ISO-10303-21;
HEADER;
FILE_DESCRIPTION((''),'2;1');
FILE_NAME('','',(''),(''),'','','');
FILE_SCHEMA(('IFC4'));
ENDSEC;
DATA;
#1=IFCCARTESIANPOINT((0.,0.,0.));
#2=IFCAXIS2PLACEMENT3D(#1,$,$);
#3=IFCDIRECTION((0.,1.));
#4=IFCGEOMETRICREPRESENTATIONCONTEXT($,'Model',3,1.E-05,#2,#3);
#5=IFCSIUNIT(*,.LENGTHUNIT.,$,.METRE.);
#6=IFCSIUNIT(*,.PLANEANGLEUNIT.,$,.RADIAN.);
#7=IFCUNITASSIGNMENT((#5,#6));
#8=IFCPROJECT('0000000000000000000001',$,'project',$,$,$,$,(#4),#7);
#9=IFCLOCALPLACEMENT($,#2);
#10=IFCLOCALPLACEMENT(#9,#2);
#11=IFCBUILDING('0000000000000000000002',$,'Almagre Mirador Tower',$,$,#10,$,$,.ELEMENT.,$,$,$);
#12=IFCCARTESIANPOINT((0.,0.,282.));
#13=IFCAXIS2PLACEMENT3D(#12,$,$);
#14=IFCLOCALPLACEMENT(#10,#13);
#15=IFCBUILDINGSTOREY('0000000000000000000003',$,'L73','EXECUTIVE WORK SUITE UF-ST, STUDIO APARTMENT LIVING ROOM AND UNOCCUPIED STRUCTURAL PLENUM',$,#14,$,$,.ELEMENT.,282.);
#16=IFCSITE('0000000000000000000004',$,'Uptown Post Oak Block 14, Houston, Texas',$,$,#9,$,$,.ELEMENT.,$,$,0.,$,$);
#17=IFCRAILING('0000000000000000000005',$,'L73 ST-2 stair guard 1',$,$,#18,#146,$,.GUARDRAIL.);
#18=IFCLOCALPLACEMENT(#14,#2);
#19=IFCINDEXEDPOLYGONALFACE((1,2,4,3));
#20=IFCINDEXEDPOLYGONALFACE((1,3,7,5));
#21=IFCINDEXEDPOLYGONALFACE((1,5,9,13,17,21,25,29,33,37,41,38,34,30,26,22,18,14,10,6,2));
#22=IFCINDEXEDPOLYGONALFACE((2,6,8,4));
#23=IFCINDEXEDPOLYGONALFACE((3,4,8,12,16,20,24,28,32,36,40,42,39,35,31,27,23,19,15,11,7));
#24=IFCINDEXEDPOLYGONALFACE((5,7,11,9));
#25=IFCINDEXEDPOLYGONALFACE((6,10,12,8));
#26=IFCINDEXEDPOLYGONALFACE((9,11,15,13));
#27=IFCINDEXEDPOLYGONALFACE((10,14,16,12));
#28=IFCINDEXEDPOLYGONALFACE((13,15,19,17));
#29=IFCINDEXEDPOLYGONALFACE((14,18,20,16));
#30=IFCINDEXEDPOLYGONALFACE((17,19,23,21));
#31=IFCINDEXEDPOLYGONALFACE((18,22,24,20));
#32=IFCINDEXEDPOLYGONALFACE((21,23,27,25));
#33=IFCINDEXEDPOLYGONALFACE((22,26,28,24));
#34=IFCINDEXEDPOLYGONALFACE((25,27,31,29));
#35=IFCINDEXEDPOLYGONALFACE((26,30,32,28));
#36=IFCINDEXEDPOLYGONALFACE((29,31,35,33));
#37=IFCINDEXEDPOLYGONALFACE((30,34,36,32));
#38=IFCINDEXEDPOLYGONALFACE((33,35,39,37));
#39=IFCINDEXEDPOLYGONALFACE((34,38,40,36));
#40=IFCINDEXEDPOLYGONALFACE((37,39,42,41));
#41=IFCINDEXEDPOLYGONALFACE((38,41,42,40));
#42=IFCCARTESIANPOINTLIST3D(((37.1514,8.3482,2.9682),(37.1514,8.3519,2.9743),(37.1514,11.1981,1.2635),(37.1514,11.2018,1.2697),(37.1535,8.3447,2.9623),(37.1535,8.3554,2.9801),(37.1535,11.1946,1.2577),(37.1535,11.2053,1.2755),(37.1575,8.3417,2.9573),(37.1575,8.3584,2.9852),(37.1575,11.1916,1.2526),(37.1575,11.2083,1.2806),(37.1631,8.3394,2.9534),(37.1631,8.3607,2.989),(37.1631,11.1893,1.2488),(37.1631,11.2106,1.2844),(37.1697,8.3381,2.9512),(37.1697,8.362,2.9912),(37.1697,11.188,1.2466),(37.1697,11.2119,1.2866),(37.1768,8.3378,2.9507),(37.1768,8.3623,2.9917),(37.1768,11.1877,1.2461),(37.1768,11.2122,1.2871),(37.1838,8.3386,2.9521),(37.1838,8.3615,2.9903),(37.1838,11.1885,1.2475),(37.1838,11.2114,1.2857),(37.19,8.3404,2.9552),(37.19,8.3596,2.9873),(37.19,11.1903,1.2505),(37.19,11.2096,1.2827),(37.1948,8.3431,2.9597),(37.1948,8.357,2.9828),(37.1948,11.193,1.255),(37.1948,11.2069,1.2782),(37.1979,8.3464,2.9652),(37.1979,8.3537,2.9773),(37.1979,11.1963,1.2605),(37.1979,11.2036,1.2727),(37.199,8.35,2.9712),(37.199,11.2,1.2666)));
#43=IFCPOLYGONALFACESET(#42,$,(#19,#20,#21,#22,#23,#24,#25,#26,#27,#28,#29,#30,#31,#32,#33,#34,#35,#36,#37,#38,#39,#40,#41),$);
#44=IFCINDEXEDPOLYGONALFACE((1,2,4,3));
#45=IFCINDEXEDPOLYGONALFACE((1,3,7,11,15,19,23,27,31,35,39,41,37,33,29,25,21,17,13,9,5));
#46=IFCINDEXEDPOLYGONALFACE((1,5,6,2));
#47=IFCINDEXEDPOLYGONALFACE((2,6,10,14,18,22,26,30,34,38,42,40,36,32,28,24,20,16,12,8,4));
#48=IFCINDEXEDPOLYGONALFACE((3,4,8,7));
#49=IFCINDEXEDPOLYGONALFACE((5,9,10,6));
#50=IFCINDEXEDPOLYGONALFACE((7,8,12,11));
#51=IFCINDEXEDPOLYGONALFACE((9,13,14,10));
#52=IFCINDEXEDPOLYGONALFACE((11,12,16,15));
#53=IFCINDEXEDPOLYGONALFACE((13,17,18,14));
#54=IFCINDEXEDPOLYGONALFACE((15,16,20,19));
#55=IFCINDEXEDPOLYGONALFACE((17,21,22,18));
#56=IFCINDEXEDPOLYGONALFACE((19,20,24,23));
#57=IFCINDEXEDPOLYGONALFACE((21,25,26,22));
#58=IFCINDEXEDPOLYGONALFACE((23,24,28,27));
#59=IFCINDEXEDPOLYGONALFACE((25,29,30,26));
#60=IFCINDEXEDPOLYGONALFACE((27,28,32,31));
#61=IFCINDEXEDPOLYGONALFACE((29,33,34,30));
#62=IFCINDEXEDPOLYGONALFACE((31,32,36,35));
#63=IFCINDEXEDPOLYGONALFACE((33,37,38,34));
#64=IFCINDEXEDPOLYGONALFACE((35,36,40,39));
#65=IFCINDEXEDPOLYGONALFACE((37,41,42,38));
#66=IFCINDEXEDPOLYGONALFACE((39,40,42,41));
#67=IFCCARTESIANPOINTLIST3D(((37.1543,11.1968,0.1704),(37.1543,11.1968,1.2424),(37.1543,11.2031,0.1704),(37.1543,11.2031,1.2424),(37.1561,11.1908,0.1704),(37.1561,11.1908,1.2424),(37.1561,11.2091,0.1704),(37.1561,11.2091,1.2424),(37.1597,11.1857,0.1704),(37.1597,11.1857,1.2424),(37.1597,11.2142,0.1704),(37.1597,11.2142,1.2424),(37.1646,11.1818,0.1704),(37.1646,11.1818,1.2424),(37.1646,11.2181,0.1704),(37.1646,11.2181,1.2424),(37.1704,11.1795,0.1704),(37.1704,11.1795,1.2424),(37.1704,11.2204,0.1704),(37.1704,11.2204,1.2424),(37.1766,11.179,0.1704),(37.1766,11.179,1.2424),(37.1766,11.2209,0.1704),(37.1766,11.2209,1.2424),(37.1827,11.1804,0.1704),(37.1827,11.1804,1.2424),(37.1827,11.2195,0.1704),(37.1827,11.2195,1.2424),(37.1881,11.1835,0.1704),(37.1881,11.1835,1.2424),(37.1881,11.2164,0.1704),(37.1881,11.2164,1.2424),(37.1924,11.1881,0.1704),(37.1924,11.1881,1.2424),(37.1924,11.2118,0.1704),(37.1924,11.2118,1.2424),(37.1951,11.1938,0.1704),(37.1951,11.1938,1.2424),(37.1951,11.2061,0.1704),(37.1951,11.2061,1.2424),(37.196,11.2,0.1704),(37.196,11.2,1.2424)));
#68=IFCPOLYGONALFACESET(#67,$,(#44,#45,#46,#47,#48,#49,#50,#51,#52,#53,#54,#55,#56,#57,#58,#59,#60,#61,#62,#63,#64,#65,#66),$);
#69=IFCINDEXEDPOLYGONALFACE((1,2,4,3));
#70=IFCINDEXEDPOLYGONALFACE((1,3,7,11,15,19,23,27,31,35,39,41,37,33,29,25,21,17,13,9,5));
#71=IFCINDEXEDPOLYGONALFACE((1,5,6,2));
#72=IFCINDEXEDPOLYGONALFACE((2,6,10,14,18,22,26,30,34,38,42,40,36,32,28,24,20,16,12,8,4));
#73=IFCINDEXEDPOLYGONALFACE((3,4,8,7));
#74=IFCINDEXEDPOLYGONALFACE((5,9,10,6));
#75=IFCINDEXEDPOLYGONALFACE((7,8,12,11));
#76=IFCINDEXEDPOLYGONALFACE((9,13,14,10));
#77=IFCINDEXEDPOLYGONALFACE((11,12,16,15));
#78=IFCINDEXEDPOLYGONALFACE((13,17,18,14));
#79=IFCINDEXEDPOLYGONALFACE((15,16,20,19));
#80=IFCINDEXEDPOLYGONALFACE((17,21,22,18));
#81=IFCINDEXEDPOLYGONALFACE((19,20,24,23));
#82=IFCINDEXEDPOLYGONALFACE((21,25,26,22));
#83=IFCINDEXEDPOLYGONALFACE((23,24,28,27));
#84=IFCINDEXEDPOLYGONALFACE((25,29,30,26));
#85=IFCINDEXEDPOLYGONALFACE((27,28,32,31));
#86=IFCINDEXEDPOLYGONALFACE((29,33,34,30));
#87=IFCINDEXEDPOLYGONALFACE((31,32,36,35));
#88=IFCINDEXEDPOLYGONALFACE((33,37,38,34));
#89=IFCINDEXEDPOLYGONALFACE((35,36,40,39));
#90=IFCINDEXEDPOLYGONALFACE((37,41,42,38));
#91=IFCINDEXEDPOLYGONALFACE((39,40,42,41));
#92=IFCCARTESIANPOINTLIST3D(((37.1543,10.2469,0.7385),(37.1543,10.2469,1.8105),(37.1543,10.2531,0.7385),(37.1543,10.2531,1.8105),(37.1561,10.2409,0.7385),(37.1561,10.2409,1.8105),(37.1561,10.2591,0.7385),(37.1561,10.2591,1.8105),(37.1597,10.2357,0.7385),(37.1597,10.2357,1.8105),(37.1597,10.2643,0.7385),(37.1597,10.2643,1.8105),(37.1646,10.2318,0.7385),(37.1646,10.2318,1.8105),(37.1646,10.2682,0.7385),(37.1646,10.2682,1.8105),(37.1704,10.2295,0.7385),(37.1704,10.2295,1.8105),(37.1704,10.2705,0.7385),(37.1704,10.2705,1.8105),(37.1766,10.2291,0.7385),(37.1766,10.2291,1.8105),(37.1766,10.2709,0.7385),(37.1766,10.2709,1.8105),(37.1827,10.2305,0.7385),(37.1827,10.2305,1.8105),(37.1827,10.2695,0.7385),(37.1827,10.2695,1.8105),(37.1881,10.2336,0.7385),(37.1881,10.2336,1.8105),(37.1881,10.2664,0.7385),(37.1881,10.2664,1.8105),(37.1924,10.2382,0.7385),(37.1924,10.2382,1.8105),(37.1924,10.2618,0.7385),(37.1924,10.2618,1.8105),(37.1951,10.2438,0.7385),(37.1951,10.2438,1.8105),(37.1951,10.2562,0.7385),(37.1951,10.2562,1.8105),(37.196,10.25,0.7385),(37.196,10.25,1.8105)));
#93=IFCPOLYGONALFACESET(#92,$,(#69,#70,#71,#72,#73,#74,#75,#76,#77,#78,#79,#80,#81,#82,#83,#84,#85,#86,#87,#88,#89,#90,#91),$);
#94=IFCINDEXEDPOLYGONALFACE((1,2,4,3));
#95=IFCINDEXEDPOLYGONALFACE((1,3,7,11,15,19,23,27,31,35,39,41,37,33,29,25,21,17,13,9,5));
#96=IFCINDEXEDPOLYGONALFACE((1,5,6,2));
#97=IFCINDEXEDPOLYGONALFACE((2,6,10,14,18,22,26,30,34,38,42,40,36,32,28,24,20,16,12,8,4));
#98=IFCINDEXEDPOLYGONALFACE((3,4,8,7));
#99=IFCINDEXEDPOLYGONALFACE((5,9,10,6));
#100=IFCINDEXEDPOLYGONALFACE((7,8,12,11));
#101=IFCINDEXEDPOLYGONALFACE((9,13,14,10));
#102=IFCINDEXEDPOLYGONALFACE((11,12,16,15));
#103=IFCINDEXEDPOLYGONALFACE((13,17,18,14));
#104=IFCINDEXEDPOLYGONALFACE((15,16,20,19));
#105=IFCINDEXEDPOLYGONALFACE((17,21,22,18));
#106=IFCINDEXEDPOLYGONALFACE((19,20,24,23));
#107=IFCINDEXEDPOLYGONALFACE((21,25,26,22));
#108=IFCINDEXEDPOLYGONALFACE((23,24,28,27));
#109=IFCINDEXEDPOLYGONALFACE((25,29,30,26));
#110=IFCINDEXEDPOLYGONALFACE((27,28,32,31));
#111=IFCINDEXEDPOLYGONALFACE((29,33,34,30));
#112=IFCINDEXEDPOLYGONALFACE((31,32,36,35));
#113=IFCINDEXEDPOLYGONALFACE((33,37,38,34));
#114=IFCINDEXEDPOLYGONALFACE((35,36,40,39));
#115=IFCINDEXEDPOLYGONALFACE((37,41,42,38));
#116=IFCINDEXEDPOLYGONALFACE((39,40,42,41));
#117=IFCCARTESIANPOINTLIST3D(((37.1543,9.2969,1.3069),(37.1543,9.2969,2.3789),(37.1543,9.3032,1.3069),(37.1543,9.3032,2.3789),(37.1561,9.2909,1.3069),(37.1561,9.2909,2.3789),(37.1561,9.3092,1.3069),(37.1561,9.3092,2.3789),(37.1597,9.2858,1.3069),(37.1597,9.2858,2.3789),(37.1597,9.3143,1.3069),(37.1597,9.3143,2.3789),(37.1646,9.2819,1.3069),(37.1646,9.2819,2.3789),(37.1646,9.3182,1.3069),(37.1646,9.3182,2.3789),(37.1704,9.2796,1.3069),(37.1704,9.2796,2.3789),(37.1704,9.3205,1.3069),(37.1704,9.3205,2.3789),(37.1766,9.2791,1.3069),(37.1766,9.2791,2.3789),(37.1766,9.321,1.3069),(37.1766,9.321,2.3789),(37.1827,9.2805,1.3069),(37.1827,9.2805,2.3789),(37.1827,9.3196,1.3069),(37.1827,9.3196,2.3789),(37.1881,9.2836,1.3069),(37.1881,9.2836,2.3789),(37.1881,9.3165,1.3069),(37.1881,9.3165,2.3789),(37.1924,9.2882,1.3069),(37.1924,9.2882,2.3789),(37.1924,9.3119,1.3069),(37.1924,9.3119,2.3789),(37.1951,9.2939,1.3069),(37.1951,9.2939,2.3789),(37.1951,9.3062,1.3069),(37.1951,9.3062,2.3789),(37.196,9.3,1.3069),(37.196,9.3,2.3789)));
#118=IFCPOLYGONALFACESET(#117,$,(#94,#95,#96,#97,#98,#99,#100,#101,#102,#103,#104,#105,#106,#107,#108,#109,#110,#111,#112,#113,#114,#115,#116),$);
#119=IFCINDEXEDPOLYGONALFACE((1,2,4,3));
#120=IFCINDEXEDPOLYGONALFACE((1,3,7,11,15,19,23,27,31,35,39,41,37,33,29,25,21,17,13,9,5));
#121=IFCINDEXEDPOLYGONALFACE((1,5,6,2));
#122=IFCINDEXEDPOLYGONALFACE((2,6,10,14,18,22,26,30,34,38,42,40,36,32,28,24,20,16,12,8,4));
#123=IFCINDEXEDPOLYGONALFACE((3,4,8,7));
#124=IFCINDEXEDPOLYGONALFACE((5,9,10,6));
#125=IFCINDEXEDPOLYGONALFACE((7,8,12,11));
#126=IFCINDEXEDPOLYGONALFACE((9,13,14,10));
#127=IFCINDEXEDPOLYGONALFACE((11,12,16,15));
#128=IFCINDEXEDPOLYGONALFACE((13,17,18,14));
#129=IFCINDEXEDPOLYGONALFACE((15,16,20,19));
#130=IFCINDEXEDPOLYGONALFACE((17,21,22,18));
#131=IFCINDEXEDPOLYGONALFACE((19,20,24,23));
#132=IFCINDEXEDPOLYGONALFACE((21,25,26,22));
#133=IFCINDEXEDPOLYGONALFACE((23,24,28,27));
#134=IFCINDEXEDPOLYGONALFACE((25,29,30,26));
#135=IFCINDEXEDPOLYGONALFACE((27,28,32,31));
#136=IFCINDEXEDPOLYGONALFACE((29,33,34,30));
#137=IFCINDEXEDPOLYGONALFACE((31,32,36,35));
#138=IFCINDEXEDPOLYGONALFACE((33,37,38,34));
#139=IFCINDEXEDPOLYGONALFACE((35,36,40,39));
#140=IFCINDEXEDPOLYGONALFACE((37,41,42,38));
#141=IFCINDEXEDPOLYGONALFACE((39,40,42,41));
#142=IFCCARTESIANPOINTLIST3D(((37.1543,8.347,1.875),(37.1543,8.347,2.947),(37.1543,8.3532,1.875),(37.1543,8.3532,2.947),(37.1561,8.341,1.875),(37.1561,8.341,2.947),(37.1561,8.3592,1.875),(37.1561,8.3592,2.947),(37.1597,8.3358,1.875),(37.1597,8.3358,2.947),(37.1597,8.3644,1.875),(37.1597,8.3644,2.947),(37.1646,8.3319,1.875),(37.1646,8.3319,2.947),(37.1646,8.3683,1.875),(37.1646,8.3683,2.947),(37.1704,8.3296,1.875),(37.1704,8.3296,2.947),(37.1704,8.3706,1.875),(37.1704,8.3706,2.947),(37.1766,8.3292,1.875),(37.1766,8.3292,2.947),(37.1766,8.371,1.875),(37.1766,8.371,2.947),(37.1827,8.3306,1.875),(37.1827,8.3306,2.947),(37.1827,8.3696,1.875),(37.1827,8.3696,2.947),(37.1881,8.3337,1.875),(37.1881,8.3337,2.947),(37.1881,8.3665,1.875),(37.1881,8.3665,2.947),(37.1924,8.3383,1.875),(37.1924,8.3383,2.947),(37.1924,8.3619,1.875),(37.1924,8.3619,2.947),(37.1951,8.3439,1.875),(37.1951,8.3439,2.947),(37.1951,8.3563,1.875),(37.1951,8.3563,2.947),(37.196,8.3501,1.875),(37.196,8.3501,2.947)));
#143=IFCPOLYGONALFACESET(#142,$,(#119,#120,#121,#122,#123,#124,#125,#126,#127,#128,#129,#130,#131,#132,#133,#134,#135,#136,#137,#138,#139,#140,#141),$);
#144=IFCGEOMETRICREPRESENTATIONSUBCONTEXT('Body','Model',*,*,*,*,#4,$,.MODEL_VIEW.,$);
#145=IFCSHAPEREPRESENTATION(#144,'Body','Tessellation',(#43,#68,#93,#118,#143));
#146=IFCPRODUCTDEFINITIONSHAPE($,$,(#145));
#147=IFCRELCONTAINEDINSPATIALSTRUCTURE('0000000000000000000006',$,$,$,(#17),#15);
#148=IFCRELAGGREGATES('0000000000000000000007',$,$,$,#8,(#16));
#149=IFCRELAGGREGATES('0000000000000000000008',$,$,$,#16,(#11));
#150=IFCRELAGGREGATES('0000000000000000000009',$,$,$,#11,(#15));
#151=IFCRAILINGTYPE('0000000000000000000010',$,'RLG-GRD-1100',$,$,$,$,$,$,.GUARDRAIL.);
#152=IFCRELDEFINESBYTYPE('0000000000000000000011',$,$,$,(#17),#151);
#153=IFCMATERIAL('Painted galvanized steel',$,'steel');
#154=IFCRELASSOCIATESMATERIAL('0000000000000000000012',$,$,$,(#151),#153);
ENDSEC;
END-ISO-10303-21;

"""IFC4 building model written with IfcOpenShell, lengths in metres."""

from ifc_helpers import new_model, si_unit, direction, frame, origin, origin_2d, place, context, subcontext, project, spatial, circle, extrude, material, type_object, element, save


model = new_model("IFC4")

# Units and contexts
model_context = context("Model", 3, precision=1e-05, world=origin(), true_north=direction((0.0, 1.0)))
body_context = subcontext(model_context, "Body", "Model", "MODEL_VIEW")
ifc_project = project(units=[si_unit("LENGTHUNIT", "METRE"), si_unit("PLANEANGLEUNIT", "RADIAN")], contexts=[model_context])

# Site, building, storey
site_placement = place(None, origin())
site = spatial("IfcSite", under=ifc_project, at=site_placement, Name="Uptown Post Oak Block 14, Houston, Texas", CompositionType="ELEMENT", RefElevation=0.0)
building_placement = place(site_placement, origin())
building = spatial("IfcBuilding", under=site, at=building_placement, Name="Almagre Mirador Tower", CompositionType="ELEMENT")
storey_placement = place(building_placement, frame((0.0, 0.0, 282.0)))
storey = spatial("IfcBuildingStorey", under=building, at=storey_placement, Name="L73", Description="EXECUTIVE WORK SUITE UF-ST, STUDIO APARTMENT LIVING ROOM AND UNOCCUPIED STRUCTURAL PLENUM", CompositionType="ELEMENT", Elevation=282.0)

# Railing
ifc_material_1 = material(Name="Painted galvanized steel", Category="steel")
railing_type_1 = type_object("IfcRailingType", Name="RLG-GRD-1100", PredefinedType="GUARDRAIL", material=ifc_material_1)
railing_1_placement = place(storey_placement, frame((37.175, 11.2, 0.1704)))
element("IfcRailing", 1, at=railing_1_placement, inside=storey, type_object=railing_type_1, Name="L73 ST-2 stair guard 1", PredefinedType="GUARDRAIL", context=body_context, shape_type="SweptSolid", body=[
    extrude(circle(Radius=0.0239, at=origin_2d()), frame((0.0, 0.0, 1.0962), z_axis=(0.0, -0.858199, 0.513317), x_axis=(1.0, 0.0, 0.0)), (0.0, 0.0, 1.0), 3.3208),
    extrude(circle(Radius=0.021, at=origin_2d()), origin(), (0.0, 0.0, 1.0), 1.072),
    extrude(circle(Radius=0.021, at=origin_2d()), frame((0.0, -0.95, 0.5681)), (0.0, 0.0, 1.0), 1.072),
    extrude(circle(Radius=0.021, at=origin_2d()), frame((0.0, -1.8999, 1.1365)), (0.0, 0.0, 1.0), 1.072),
    extrude(circle(Radius=0.021, at=origin_2d()), frame((0.0, -2.8499, 1.7046)), (0.0, 0.0, 1.0), 1.072),
])

save(model, "model.ifc")
